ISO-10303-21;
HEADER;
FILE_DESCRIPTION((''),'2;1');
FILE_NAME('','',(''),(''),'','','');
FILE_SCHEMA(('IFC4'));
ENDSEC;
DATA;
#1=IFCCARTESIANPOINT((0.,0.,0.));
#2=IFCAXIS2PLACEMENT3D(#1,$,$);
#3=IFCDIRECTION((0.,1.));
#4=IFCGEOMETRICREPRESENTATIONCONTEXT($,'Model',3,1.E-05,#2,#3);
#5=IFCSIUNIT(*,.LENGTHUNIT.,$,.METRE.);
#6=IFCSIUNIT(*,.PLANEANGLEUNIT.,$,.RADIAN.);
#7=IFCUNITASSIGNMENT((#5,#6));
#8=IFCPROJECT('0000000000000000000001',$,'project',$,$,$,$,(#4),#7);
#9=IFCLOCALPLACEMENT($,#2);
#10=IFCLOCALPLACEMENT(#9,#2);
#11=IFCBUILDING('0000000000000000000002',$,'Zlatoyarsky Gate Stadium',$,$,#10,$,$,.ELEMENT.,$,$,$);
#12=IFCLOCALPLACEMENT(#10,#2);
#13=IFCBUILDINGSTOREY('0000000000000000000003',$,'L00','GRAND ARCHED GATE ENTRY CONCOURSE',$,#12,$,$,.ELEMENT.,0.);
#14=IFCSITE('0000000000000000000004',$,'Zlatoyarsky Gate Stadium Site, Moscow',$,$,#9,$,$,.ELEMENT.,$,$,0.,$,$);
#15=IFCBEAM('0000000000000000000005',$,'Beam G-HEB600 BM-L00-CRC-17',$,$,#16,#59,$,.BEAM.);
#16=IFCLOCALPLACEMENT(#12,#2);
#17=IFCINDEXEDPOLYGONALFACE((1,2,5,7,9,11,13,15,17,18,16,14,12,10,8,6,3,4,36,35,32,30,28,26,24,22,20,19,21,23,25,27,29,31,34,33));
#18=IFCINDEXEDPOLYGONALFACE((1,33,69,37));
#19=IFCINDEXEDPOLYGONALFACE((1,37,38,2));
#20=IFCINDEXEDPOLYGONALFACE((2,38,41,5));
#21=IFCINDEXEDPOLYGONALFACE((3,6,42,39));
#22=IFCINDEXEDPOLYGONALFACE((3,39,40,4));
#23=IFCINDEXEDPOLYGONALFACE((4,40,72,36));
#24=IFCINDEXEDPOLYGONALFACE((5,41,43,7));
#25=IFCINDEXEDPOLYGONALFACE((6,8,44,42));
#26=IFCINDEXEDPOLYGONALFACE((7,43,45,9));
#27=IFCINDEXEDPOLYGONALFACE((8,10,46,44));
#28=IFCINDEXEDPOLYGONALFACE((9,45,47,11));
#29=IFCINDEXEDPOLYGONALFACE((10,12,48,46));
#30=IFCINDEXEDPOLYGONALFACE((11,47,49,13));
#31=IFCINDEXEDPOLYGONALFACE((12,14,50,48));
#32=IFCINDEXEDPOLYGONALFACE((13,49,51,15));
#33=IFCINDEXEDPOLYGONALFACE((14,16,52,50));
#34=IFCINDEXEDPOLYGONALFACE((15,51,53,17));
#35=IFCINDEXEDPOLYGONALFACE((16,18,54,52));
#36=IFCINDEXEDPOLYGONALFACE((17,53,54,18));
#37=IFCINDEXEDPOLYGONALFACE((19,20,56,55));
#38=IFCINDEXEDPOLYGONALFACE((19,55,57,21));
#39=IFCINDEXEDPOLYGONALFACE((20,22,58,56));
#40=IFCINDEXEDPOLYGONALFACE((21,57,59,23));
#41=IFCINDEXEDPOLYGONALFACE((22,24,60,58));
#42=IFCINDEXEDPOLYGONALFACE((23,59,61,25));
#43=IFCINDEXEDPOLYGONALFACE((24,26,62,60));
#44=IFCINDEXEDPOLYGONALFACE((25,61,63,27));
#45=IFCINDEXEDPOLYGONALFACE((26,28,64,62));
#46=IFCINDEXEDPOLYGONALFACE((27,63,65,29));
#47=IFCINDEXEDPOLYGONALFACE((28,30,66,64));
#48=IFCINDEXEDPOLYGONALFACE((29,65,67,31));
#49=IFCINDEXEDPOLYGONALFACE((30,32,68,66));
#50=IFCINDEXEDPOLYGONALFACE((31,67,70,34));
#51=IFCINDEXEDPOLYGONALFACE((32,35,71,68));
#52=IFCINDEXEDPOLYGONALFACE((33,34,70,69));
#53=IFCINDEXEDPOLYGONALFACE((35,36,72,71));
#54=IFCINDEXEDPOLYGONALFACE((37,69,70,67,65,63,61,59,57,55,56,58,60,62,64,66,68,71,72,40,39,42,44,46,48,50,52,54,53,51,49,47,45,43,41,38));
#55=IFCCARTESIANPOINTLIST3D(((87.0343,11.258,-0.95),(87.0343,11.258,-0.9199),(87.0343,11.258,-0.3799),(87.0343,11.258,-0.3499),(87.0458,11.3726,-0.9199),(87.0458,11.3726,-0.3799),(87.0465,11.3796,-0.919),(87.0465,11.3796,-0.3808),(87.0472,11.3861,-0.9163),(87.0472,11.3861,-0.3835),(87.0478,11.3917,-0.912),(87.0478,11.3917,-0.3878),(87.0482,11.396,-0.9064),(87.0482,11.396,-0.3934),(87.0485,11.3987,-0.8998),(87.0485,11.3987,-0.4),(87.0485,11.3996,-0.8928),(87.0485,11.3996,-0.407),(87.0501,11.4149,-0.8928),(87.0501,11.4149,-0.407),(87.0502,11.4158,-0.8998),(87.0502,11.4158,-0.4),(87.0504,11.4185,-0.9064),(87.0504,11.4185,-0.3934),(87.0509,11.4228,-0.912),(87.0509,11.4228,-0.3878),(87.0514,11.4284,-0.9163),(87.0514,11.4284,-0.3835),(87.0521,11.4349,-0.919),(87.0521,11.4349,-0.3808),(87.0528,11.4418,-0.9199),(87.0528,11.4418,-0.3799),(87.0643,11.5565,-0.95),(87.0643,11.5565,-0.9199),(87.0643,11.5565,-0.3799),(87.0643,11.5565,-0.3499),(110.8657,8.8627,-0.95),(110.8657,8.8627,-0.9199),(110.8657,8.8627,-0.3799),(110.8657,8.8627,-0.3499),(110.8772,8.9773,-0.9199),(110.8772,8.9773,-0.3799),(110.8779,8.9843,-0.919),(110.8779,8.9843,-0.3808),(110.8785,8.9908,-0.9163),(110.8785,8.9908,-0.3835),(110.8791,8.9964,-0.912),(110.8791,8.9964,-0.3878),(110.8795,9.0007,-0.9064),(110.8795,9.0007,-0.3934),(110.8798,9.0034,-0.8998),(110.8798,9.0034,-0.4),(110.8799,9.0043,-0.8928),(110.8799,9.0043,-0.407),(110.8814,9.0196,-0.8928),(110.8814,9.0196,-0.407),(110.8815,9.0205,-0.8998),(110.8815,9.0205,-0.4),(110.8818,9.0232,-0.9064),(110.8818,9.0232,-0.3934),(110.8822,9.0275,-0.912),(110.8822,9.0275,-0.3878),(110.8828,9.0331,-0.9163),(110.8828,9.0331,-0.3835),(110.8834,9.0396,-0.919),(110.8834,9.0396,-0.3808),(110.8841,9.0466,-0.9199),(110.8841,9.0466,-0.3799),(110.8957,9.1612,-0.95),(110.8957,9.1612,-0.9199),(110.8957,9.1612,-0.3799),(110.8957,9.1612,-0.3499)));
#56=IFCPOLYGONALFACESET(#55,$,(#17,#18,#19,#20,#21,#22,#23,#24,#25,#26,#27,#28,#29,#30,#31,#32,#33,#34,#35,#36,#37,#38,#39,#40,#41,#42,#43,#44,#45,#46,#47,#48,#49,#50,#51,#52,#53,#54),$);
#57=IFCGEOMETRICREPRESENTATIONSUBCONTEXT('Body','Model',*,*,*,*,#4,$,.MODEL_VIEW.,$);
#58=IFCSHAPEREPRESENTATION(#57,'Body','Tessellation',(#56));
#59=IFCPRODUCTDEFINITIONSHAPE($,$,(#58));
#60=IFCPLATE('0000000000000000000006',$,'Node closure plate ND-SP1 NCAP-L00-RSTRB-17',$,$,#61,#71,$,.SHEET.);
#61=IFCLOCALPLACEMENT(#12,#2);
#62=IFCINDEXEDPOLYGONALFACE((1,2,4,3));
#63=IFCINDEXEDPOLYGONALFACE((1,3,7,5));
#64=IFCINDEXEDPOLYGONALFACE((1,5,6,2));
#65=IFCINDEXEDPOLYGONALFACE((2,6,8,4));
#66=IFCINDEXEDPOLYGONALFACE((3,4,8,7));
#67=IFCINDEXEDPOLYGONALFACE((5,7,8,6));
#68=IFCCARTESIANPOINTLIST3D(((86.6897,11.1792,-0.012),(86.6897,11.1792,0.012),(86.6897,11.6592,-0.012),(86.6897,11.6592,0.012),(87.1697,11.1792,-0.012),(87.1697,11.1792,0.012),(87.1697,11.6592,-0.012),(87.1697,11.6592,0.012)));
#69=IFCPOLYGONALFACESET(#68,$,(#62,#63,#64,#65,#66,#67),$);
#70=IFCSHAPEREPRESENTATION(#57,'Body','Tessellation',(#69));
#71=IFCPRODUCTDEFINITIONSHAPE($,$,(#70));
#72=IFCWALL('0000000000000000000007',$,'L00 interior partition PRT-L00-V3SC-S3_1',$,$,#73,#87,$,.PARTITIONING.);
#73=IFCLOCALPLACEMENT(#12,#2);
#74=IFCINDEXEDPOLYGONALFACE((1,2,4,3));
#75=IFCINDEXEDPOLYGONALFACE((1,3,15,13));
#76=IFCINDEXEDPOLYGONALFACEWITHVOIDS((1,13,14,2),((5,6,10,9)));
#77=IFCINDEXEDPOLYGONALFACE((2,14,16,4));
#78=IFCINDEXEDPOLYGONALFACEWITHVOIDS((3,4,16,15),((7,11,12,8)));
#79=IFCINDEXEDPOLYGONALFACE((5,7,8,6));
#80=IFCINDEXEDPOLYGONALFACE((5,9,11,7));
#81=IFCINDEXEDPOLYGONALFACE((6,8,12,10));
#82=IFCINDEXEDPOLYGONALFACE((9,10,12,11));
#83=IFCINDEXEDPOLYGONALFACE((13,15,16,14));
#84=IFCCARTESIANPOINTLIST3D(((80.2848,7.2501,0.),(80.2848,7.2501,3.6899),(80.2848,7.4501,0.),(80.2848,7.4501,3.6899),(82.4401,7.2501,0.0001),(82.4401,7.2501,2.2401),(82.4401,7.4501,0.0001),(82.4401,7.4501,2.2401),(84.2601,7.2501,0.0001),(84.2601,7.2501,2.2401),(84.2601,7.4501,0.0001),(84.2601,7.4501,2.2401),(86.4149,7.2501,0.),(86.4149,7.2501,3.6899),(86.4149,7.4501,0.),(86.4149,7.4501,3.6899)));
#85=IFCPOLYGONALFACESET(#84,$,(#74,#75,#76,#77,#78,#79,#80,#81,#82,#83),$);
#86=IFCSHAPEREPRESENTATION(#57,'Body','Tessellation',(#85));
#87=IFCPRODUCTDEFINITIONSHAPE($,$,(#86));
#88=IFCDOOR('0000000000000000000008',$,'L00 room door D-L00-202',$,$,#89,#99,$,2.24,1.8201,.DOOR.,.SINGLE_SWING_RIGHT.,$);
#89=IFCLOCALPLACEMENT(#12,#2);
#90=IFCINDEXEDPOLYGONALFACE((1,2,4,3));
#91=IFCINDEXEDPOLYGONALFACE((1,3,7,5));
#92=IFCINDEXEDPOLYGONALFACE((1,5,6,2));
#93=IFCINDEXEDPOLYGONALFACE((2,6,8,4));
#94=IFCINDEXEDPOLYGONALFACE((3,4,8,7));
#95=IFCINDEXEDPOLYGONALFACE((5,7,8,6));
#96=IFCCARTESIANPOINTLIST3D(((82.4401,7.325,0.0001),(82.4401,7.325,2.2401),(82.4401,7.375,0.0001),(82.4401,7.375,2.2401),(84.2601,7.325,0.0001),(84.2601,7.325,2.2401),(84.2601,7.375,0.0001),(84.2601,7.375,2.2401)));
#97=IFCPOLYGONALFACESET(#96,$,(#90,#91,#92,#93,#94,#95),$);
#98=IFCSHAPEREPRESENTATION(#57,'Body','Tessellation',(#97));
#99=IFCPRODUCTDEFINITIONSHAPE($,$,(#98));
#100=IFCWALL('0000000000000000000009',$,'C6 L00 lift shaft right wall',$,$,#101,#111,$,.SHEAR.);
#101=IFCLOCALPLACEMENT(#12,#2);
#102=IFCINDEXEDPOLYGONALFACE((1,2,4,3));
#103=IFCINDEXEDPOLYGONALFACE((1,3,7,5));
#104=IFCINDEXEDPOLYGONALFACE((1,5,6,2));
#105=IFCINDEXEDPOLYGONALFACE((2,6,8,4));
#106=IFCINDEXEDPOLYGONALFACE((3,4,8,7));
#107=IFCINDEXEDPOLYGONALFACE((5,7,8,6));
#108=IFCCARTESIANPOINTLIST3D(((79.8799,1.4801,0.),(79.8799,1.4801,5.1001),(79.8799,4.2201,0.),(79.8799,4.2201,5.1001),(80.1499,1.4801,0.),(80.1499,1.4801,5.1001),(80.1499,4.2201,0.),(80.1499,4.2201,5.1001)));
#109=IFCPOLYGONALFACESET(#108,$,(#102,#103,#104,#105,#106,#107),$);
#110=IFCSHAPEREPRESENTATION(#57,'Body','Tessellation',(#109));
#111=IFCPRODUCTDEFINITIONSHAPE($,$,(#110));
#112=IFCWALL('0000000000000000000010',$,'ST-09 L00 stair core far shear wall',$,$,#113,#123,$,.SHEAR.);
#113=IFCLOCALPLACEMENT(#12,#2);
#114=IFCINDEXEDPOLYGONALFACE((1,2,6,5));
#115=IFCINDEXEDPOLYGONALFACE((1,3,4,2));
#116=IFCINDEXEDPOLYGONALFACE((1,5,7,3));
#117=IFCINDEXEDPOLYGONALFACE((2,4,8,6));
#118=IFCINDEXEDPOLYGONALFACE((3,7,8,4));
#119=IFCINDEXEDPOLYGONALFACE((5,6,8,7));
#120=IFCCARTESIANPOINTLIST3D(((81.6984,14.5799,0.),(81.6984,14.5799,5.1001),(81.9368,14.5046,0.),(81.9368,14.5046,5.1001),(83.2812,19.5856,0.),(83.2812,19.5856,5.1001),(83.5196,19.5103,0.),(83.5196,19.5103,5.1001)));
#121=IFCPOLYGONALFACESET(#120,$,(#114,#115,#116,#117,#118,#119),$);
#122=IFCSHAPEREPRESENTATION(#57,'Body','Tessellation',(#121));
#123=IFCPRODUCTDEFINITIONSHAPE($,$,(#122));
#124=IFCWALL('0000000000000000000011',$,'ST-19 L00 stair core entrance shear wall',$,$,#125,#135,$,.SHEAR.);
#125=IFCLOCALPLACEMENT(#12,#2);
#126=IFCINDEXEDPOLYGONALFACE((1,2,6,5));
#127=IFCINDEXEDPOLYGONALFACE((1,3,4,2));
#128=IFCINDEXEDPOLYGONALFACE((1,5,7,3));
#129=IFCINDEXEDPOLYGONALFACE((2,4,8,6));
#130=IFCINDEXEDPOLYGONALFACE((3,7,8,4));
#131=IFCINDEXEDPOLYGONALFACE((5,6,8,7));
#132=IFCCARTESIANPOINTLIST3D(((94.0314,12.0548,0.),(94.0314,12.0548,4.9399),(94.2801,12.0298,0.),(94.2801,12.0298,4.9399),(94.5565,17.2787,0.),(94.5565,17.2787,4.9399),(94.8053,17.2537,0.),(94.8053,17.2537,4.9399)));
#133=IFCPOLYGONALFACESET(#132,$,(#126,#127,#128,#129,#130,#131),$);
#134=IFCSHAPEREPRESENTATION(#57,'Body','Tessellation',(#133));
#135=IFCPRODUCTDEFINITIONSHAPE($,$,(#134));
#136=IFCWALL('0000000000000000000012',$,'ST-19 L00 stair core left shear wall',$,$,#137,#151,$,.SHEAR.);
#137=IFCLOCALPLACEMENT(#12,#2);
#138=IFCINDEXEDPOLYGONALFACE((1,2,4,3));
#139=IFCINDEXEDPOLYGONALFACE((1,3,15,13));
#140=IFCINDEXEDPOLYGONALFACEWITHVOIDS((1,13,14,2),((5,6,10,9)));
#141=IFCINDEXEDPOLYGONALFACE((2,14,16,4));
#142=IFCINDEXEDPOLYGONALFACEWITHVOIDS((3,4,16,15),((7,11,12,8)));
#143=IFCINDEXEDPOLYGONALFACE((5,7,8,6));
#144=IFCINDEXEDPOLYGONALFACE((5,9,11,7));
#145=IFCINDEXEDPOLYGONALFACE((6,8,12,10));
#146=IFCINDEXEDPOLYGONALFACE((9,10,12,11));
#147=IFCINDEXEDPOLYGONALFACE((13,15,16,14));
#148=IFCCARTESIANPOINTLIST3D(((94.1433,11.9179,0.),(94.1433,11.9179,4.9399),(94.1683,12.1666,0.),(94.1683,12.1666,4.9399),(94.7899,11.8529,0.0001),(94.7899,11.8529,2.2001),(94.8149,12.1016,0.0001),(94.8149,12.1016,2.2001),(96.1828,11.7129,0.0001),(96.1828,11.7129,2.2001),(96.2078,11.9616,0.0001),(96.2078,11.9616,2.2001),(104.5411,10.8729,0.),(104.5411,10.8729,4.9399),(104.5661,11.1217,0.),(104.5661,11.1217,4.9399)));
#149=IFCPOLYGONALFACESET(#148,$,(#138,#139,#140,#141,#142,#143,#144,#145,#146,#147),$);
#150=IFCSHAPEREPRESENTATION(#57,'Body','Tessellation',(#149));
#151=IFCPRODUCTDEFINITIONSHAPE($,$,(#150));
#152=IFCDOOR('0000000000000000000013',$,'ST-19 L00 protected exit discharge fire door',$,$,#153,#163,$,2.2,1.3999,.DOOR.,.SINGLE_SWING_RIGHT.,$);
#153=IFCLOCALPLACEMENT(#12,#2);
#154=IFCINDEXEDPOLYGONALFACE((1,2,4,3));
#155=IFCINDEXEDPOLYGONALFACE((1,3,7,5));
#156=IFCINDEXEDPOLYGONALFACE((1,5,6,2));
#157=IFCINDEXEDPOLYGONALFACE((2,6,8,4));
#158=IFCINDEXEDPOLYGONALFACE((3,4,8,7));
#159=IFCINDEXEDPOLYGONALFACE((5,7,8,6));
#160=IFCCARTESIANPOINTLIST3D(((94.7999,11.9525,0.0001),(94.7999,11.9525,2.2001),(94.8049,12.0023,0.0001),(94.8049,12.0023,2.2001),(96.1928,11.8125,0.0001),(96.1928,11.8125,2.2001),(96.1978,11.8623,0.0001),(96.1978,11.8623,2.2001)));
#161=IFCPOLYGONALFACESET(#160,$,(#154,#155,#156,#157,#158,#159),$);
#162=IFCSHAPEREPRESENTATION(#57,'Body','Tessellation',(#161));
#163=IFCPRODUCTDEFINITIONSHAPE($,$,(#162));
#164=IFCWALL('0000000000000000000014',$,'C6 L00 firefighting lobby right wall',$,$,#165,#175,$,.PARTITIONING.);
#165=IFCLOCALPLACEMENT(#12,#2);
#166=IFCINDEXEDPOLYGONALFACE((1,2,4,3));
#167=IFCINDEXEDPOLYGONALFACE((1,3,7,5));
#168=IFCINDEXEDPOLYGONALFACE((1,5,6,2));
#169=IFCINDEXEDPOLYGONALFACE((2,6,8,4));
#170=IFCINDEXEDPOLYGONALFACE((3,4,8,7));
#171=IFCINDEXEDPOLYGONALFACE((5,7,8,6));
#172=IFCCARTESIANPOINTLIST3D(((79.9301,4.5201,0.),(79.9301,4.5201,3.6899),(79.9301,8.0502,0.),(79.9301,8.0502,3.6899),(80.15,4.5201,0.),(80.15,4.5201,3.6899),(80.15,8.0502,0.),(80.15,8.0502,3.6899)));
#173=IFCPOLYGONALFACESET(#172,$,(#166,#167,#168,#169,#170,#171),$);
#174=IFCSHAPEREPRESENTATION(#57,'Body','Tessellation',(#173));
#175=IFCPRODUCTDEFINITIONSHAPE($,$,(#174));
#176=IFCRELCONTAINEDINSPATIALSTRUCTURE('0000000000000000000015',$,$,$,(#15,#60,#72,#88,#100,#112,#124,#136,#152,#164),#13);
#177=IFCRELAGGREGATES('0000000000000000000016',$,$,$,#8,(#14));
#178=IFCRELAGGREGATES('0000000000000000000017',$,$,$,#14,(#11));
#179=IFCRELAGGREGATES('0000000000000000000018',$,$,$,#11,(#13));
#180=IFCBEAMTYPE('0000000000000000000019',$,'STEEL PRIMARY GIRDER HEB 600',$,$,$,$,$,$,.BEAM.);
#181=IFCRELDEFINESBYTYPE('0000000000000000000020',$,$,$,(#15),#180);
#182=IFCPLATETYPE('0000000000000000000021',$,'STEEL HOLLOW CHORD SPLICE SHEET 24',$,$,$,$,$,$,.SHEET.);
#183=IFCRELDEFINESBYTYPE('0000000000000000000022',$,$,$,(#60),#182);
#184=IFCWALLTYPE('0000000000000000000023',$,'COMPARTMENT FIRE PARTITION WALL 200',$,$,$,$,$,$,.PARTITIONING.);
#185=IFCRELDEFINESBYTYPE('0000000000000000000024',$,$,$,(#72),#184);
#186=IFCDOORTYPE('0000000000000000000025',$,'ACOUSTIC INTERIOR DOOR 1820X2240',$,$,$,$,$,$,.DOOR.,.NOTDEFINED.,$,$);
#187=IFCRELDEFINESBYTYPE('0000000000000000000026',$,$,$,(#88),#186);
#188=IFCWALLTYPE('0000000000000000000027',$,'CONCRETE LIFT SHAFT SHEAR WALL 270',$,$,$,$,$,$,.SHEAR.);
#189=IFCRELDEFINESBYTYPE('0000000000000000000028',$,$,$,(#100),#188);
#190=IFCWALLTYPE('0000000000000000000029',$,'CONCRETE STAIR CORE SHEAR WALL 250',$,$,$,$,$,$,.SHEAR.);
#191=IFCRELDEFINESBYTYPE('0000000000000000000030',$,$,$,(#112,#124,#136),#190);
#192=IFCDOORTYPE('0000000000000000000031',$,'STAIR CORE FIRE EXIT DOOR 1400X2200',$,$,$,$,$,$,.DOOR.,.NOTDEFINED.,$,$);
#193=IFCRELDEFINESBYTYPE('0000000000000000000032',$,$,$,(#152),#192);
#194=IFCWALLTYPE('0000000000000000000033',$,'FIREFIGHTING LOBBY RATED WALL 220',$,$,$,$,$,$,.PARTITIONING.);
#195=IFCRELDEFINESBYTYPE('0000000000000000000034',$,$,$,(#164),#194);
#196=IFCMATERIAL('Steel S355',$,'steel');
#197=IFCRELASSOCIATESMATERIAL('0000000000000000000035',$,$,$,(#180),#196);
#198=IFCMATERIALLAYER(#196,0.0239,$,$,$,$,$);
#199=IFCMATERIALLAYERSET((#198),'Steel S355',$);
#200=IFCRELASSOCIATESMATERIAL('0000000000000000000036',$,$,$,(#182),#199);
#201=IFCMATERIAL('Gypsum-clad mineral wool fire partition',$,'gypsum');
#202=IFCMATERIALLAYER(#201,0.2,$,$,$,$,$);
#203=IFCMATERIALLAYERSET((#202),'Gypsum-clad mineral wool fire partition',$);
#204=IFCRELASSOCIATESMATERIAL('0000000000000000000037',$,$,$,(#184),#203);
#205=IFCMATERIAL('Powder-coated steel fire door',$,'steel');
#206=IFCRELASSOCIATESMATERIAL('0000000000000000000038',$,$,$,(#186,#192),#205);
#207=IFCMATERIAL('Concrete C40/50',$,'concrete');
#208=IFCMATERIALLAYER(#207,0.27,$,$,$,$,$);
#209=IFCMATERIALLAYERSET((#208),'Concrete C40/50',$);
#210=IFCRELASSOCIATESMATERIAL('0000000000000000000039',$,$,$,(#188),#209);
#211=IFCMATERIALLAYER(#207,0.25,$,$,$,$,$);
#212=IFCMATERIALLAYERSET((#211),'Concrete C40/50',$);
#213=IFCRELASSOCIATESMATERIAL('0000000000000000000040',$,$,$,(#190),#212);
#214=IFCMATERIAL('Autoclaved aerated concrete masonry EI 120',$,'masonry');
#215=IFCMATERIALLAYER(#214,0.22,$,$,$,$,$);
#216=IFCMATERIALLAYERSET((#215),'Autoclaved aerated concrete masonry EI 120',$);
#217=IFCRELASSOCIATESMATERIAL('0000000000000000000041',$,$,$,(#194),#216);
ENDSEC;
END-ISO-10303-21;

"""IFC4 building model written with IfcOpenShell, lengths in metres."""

from ifc_helpers import new_model, si_unit, direction, frame, frame_2d, origin, origin_2d, place, context, subcontext, project, spatial, rectangle, i_section, extrude, material, layer, layer_set, material_profile, profile_set, type_object, element, fill, save


model = new_model("IFC4")

# Units and contexts
model_context = context("Model", 3, precision=1e-05, world=origin(), true_north=direction((0.0, 1.0)))
body_context = subcontext(model_context, "Body", "Model", "MODEL_VIEW")
ifc_project = project(units=[si_unit("LENGTHUNIT", "METRE"), si_unit("PLANEANGLEUNIT", "RADIAN")], contexts=[model_context])

# Site, building, storey
site_placement = place(None, origin())
site = spatial("IfcSite", under=ifc_project, at=site_placement, Name="Zlatoyarsky Gate Stadium Site, Moscow", CompositionType="ELEMENT", RefElevation=0.0)
building_placement = place(site_placement, origin())
building = spatial("IfcBuilding", under=site, at=building_placement, Name="Zlatoyarsky Gate Stadium", CompositionType="ELEMENT")
storey_placement = place(building_placement, origin())
storey = spatial("IfcBuildingStorey", under=building, at=storey_placement, Name="L00", Description="GRAND ARCHED GATE ENTRY CONCOURSE", CompositionType="ELEMENT", Elevation=0.0)

# Shared definitions
ifc_material_1 = material(Name="Concrete C40/50", Category="concrete")

# Shared definitions
ifc_material_2 = material(Name="Steel S355", Category="steel")

# Beam
ifc_material_profile_1 = material_profile(ifc_material_2, i_section(OverallWidth=0.3, OverallDepth=0.6001, WebThickness=0.0154, FlangeThickness=0.03, FilletRadius=0.0271, at=origin_2d()), Name="HEB 600")
ifc_profile_set_1 = profile_set([ifc_material_profile_1], Name="Steel S355")
beam_type_1 = type_object("IfcBeamType", Name="STEEL PRIMARY GIRDER HEB 600", PredefinedType="BEAM", material=ifc_profile_set_1)
beam_1_placement = place(storey_placement, frame((87.0493, 11.4072, -0.6499), z_axis=(0.994987, -0.100005, 0.0), x_axis=(0.100005, 0.994987, 0.0)))
element("IfcBeam", 1, at=beam_1_placement, inside=storey, type_object=beam_type_1, Name="Beam G-HEB600 BM-L00-CRC-17", PredefinedType="BEAM", context=body_context, shape_type="SweptSolid", body=[
    extrude(i_section(OverallWidth=0.3, OverallDepth=0.6001, WebThickness=0.0154, FlangeThickness=0.03, FilletRadius=0.0271, at=origin_2d()), origin(), (0.0, 0.0, 1.0), 23.9514),
])

# Plate
ifc_layer_1 = layer(ifc_material_2, 0.0239)
ifc_layer_set_1 = layer_set([ifc_layer_1], Name="Steel S355")
plate_type = type_object("IfcPlateType", Name="STEEL HOLLOW CHORD SPLICE SHEET 24", PredefinedType="SHEET", material=ifc_layer_set_1)
plate_placement = place(storey_placement, frame((86.9297, 11.4192, -0.012), z_axis=(0.0, 0.0, 1.0), x_axis=(1.0, 0.0, 0.0)))
element("IfcPlate", 2, at=plate_placement, inside=storey, type_object=plate_type, Name="Node closure plate ND-SP1 NCAP-L00-RSTRB-17", PredefinedType="SHEET", context=body_context, shape_type="SweptSolid", body=[
    extrude(rectangle(XDim=0.48, YDim=0.48, at=origin_2d()), origin(), (0.0, 0.0, 1.0), 0.0239),
])

# Wall, opening, door
ifc_material_3 = material(Name="Gypsum-clad mineral wool fire partition", Category="gypsum")
ifc_layer_2 = layer(ifc_material_3, 0.2)
ifc_layer_set_2 = layer_set([ifc_layer_2], Name="Gypsum-clad mineral wool fire partition")
wall_type_1 = type_object("IfcWallType", Name="COMPARTMENT FIRE PARTITION WALL 200", PredefinedType="PARTITIONING", material=ifc_layer_set_2)
wall_1_placement = place(storey_placement, frame((80.2849, 7.3501, 0.0), z_axis=(0.0, 0.0, 1.0), x_axis=(1.0, 0.0, 0.0)))
wall_1 = element("IfcWall", 3, at=wall_1_placement, inside=storey, type_object=wall_type_1, Name="L00 interior partition PRT-L00-V3SC-S3_1", PredefinedType="PARTITIONING", context=body_context, shape_type="SweptSolid", body=[
    extrude(rectangle(XDim=6.1301, YDim=0.2, at=frame_2d((3.0649, 0.0))), origin(), (0.0, 0.0, 1.0), 3.6899),
])
opening_1_placement = place(wall_1_placement, frame((2.155, 0.0, 0.0)))
opening_1 = element("IfcOpeningElement", 4, at=opening_1_placement, cuts=wall_1, PredefinedType="OPENING", context=body_context, shape_type="SweptSolid", body=[
    extrude(rectangle(XDim=1.8201, YDim=2.24, at=frame_2d((0.9102, 1.1201))), frame((0.0, 0.1099, 0.0), z_axis=(0.0, -1.0, 0.0), x_axis=(1.0, 0.0, 0.0)), (0.0, 0.0, 1.0), 0.22),
])
ifc_material_4 = material(Name="Powder-coated steel fire door", Category="steel")
door_type_1 = type_object("IfcDoorType", Name="ACOUSTIC INTERIOR DOOR 1820X2240", OperationType="NOTDEFINED", PredefinedType="DOOR", material=ifc_material_4)
door_1_placement = place(opening_1_placement, origin())
door_1 = element("IfcDoor", 5, at=door_1_placement, inside=storey, type_object=door_type_1, Name="L00 room door D-L00-202", OperationType="SINGLE_SWING_RIGHT", OverallHeight=2.24, OverallWidth=1.8201, PredefinedType="DOOR", context=body_context, shape_type="SweptSolid", body=[
    extrude(rectangle(XDim=1.8201, YDim=2.24, at=frame_2d((0.9102, 1.1201))), frame((0.0, 0.0249, 0.0), z_axis=(0.0, -1.0, 0.0), x_axis=(1.0, 0.0, 0.0)), (0.0, 0.0, 1.0), 0.05),
])
fill(opening_1, door_1)

# Walls
ifc_layer_3 = layer(ifc_material_1, 0.27)
ifc_layer_set_3 = layer_set([ifc_layer_3], Name="Concrete C40/50")
wall_type_2 = type_object("IfcWallType", Name="CONCRETE LIFT SHAFT SHEAR WALL 270", PredefinedType="SHEAR", material=ifc_layer_set_3)
wall_2_placement = place(storey_placement, frame((80.0149, 1.48, 0.0), z_axis=(0.0, 0.0, 1.0), x_axis=(0.0, 1.0, 0.0)))
element("IfcWall", 6, at=wall_2_placement, inside=storey, type_object=wall_type_2, Name="C6 L00 lift shaft right wall", PredefinedType="SHEAR", context=body_context, shape_type="SweptSolid", body=[
    extrude(rectangle(XDim=2.74, YDim=0.27, at=frame_2d((1.3701, 0.0))), origin(), (0.0, 0.0, 1.0), 5.1001),
])
ifc_layer_4 = layer(ifc_material_1, 0.25)
ifc_layer_set_4 = layer_set([ifc_layer_4], Name="Concrete C40/50")
wall_type_3 = type_object("IfcWallType", Name="CONCRETE STAIR CORE SHEAR WALL 250", PredefinedType="SHEAR", material=ifc_layer_set_4)
wall_3_placement = place(storey_placement, frame((81.8176, 14.5422, 0.0), z_axis=(0.0, 0.0, 1.0), x_axis=(0.301485, 0.953471, 0.0)))
element("IfcWall", 7, at=wall_3_placement, inside=storey, type_object=wall_type_3, Name="ST-09 L00 stair core far shear wall", PredefinedType="SHEAR", context=body_context, shape_type="SweptSolid", body=[
    extrude(rectangle(XDim=5.25, YDim=0.25, at=frame_2d((2.625, 0.0))), origin(), (0.0, 0.0, 1.0), 5.1001),
])
wall_4_placement = place(storey_placement, frame((94.6809, 17.2661, 0.0), z_axis=(0.0, 0.0, 1.0), x_axis=(-0.100024, -0.994985, 0.0)))
element("IfcWall", 8, at=wall_4_placement, inside=storey, type_object=wall_type_3, Name="ST-19 L00 stair core entrance shear wall", PredefinedType="SHEAR", context=body_context, shape_type="SweptSolid", body=[
    extrude(rectangle(XDim=5.2502, YDim=0.25, at=frame_2d((2.625, 0.0))), origin(), (0.0, 0.0, 1.0), 4.9399),
])

# Wall, opening, door
wall_5_placement = place(storey_placement, frame((94.1558, 12.0422, 0.0), z_axis=(0.0, 0.0, 1.0), x_axis=(0.994988, -0.099992, 0.0)))
wall_5 = element("IfcWall", 9, at=wall_5_placement, inside=storey, type_object=wall_type_3, Name="ST-19 L00 stair core left shear wall", PredefinedType="SHEAR", context=body_context, shape_type="SweptSolid", body=[
    extrude(rectangle(XDim=10.4502, YDim=0.25, at=frame_2d((5.2251, 0.0))), origin(), (0.0, 0.0, 1.0), 4.9399),
])
opening_2_placement = place(wall_5_placement, frame((0.6499, 0.0, 0.0)))
opening_2 = element("IfcOpeningElement", 10, at=opening_2_placement, cuts=wall_5, PredefinedType="OPENING", context=body_context, shape_type="SweptSolid", body=[
    extrude(rectangle(XDim=1.3999, YDim=2.2, at=frame_2d((0.7, 1.1001))), frame((0.0, 0.135, 0.0), z_axis=(0.0, -1.0, 0.0), x_axis=(1.0, 0.0, 0.0)), (0.0, 0.0, 1.0), 0.27),
])
door_type_2 = type_object("IfcDoorType", Name="STAIR CORE FIRE EXIT DOOR 1400X2200", OperationType="NOTDEFINED", PredefinedType="DOOR", material=ifc_material_4)
door_2_placement = place(opening_2_placement, frame((1.3999, 0.0, 0.0), z_axis=(0.0, 0.0, 1.0), x_axis=(-1.0, 0.0, 0.0)))
door_2 = element("IfcDoor", 11, at=door_2_placement, inside=storey, type_object=door_type_2, Name="ST-19 L00 protected exit discharge fire door", OperationType="SINGLE_SWING_RIGHT", OverallHeight=2.2, OverallWidth=1.3999, PredefinedType="DOOR", context=body_context, shape_type="SweptSolid", body=[
    extrude(rectangle(XDim=1.3999, YDim=2.2, at=frame_2d((0.7, 1.1001))), frame((0.0, 0.0249, 0.0), z_axis=(0.0, -1.0, 0.0), x_axis=(1.0, 0.0, 0.0)), (0.0, 0.0, 1.0), 0.05),
])
fill(opening_2, door_2)

# Wall
ifc_material_5 = material(Name="Autoclaved aerated concrete masonry EI 120", Category="masonry")
ifc_layer_5 = layer(ifc_material_5, 0.22)
ifc_layer_set_5 = layer_set([ifc_layer_5], Name="Autoclaved aerated concrete masonry EI 120")
wall_type_4 = type_object("IfcWallType", Name="FIREFIGHTING LOBBY RATED WALL 220", PredefinedType="PARTITIONING", material=ifc_layer_set_5)
wall_6_placement = place(storey_placement, frame((80.04, 4.52, 0.0), z_axis=(0.0, 0.0, 1.0), x_axis=(0.0, 1.0, 0.0)))
element("IfcWall", 12, at=wall_6_placement, inside=storey, type_object=wall_type_4, Name="C6 L00 firefighting lobby right wall", PredefinedType="PARTITIONING", context=body_context, shape_type="SweptSolid", body=[
    extrude(rectangle(XDim=3.53, YDim=0.22, at=frame_2d((1.7651, 0.0))), origin(), (0.0, 0.0, 1.0), 3.6899),
])

save(model, "model.ifc")
